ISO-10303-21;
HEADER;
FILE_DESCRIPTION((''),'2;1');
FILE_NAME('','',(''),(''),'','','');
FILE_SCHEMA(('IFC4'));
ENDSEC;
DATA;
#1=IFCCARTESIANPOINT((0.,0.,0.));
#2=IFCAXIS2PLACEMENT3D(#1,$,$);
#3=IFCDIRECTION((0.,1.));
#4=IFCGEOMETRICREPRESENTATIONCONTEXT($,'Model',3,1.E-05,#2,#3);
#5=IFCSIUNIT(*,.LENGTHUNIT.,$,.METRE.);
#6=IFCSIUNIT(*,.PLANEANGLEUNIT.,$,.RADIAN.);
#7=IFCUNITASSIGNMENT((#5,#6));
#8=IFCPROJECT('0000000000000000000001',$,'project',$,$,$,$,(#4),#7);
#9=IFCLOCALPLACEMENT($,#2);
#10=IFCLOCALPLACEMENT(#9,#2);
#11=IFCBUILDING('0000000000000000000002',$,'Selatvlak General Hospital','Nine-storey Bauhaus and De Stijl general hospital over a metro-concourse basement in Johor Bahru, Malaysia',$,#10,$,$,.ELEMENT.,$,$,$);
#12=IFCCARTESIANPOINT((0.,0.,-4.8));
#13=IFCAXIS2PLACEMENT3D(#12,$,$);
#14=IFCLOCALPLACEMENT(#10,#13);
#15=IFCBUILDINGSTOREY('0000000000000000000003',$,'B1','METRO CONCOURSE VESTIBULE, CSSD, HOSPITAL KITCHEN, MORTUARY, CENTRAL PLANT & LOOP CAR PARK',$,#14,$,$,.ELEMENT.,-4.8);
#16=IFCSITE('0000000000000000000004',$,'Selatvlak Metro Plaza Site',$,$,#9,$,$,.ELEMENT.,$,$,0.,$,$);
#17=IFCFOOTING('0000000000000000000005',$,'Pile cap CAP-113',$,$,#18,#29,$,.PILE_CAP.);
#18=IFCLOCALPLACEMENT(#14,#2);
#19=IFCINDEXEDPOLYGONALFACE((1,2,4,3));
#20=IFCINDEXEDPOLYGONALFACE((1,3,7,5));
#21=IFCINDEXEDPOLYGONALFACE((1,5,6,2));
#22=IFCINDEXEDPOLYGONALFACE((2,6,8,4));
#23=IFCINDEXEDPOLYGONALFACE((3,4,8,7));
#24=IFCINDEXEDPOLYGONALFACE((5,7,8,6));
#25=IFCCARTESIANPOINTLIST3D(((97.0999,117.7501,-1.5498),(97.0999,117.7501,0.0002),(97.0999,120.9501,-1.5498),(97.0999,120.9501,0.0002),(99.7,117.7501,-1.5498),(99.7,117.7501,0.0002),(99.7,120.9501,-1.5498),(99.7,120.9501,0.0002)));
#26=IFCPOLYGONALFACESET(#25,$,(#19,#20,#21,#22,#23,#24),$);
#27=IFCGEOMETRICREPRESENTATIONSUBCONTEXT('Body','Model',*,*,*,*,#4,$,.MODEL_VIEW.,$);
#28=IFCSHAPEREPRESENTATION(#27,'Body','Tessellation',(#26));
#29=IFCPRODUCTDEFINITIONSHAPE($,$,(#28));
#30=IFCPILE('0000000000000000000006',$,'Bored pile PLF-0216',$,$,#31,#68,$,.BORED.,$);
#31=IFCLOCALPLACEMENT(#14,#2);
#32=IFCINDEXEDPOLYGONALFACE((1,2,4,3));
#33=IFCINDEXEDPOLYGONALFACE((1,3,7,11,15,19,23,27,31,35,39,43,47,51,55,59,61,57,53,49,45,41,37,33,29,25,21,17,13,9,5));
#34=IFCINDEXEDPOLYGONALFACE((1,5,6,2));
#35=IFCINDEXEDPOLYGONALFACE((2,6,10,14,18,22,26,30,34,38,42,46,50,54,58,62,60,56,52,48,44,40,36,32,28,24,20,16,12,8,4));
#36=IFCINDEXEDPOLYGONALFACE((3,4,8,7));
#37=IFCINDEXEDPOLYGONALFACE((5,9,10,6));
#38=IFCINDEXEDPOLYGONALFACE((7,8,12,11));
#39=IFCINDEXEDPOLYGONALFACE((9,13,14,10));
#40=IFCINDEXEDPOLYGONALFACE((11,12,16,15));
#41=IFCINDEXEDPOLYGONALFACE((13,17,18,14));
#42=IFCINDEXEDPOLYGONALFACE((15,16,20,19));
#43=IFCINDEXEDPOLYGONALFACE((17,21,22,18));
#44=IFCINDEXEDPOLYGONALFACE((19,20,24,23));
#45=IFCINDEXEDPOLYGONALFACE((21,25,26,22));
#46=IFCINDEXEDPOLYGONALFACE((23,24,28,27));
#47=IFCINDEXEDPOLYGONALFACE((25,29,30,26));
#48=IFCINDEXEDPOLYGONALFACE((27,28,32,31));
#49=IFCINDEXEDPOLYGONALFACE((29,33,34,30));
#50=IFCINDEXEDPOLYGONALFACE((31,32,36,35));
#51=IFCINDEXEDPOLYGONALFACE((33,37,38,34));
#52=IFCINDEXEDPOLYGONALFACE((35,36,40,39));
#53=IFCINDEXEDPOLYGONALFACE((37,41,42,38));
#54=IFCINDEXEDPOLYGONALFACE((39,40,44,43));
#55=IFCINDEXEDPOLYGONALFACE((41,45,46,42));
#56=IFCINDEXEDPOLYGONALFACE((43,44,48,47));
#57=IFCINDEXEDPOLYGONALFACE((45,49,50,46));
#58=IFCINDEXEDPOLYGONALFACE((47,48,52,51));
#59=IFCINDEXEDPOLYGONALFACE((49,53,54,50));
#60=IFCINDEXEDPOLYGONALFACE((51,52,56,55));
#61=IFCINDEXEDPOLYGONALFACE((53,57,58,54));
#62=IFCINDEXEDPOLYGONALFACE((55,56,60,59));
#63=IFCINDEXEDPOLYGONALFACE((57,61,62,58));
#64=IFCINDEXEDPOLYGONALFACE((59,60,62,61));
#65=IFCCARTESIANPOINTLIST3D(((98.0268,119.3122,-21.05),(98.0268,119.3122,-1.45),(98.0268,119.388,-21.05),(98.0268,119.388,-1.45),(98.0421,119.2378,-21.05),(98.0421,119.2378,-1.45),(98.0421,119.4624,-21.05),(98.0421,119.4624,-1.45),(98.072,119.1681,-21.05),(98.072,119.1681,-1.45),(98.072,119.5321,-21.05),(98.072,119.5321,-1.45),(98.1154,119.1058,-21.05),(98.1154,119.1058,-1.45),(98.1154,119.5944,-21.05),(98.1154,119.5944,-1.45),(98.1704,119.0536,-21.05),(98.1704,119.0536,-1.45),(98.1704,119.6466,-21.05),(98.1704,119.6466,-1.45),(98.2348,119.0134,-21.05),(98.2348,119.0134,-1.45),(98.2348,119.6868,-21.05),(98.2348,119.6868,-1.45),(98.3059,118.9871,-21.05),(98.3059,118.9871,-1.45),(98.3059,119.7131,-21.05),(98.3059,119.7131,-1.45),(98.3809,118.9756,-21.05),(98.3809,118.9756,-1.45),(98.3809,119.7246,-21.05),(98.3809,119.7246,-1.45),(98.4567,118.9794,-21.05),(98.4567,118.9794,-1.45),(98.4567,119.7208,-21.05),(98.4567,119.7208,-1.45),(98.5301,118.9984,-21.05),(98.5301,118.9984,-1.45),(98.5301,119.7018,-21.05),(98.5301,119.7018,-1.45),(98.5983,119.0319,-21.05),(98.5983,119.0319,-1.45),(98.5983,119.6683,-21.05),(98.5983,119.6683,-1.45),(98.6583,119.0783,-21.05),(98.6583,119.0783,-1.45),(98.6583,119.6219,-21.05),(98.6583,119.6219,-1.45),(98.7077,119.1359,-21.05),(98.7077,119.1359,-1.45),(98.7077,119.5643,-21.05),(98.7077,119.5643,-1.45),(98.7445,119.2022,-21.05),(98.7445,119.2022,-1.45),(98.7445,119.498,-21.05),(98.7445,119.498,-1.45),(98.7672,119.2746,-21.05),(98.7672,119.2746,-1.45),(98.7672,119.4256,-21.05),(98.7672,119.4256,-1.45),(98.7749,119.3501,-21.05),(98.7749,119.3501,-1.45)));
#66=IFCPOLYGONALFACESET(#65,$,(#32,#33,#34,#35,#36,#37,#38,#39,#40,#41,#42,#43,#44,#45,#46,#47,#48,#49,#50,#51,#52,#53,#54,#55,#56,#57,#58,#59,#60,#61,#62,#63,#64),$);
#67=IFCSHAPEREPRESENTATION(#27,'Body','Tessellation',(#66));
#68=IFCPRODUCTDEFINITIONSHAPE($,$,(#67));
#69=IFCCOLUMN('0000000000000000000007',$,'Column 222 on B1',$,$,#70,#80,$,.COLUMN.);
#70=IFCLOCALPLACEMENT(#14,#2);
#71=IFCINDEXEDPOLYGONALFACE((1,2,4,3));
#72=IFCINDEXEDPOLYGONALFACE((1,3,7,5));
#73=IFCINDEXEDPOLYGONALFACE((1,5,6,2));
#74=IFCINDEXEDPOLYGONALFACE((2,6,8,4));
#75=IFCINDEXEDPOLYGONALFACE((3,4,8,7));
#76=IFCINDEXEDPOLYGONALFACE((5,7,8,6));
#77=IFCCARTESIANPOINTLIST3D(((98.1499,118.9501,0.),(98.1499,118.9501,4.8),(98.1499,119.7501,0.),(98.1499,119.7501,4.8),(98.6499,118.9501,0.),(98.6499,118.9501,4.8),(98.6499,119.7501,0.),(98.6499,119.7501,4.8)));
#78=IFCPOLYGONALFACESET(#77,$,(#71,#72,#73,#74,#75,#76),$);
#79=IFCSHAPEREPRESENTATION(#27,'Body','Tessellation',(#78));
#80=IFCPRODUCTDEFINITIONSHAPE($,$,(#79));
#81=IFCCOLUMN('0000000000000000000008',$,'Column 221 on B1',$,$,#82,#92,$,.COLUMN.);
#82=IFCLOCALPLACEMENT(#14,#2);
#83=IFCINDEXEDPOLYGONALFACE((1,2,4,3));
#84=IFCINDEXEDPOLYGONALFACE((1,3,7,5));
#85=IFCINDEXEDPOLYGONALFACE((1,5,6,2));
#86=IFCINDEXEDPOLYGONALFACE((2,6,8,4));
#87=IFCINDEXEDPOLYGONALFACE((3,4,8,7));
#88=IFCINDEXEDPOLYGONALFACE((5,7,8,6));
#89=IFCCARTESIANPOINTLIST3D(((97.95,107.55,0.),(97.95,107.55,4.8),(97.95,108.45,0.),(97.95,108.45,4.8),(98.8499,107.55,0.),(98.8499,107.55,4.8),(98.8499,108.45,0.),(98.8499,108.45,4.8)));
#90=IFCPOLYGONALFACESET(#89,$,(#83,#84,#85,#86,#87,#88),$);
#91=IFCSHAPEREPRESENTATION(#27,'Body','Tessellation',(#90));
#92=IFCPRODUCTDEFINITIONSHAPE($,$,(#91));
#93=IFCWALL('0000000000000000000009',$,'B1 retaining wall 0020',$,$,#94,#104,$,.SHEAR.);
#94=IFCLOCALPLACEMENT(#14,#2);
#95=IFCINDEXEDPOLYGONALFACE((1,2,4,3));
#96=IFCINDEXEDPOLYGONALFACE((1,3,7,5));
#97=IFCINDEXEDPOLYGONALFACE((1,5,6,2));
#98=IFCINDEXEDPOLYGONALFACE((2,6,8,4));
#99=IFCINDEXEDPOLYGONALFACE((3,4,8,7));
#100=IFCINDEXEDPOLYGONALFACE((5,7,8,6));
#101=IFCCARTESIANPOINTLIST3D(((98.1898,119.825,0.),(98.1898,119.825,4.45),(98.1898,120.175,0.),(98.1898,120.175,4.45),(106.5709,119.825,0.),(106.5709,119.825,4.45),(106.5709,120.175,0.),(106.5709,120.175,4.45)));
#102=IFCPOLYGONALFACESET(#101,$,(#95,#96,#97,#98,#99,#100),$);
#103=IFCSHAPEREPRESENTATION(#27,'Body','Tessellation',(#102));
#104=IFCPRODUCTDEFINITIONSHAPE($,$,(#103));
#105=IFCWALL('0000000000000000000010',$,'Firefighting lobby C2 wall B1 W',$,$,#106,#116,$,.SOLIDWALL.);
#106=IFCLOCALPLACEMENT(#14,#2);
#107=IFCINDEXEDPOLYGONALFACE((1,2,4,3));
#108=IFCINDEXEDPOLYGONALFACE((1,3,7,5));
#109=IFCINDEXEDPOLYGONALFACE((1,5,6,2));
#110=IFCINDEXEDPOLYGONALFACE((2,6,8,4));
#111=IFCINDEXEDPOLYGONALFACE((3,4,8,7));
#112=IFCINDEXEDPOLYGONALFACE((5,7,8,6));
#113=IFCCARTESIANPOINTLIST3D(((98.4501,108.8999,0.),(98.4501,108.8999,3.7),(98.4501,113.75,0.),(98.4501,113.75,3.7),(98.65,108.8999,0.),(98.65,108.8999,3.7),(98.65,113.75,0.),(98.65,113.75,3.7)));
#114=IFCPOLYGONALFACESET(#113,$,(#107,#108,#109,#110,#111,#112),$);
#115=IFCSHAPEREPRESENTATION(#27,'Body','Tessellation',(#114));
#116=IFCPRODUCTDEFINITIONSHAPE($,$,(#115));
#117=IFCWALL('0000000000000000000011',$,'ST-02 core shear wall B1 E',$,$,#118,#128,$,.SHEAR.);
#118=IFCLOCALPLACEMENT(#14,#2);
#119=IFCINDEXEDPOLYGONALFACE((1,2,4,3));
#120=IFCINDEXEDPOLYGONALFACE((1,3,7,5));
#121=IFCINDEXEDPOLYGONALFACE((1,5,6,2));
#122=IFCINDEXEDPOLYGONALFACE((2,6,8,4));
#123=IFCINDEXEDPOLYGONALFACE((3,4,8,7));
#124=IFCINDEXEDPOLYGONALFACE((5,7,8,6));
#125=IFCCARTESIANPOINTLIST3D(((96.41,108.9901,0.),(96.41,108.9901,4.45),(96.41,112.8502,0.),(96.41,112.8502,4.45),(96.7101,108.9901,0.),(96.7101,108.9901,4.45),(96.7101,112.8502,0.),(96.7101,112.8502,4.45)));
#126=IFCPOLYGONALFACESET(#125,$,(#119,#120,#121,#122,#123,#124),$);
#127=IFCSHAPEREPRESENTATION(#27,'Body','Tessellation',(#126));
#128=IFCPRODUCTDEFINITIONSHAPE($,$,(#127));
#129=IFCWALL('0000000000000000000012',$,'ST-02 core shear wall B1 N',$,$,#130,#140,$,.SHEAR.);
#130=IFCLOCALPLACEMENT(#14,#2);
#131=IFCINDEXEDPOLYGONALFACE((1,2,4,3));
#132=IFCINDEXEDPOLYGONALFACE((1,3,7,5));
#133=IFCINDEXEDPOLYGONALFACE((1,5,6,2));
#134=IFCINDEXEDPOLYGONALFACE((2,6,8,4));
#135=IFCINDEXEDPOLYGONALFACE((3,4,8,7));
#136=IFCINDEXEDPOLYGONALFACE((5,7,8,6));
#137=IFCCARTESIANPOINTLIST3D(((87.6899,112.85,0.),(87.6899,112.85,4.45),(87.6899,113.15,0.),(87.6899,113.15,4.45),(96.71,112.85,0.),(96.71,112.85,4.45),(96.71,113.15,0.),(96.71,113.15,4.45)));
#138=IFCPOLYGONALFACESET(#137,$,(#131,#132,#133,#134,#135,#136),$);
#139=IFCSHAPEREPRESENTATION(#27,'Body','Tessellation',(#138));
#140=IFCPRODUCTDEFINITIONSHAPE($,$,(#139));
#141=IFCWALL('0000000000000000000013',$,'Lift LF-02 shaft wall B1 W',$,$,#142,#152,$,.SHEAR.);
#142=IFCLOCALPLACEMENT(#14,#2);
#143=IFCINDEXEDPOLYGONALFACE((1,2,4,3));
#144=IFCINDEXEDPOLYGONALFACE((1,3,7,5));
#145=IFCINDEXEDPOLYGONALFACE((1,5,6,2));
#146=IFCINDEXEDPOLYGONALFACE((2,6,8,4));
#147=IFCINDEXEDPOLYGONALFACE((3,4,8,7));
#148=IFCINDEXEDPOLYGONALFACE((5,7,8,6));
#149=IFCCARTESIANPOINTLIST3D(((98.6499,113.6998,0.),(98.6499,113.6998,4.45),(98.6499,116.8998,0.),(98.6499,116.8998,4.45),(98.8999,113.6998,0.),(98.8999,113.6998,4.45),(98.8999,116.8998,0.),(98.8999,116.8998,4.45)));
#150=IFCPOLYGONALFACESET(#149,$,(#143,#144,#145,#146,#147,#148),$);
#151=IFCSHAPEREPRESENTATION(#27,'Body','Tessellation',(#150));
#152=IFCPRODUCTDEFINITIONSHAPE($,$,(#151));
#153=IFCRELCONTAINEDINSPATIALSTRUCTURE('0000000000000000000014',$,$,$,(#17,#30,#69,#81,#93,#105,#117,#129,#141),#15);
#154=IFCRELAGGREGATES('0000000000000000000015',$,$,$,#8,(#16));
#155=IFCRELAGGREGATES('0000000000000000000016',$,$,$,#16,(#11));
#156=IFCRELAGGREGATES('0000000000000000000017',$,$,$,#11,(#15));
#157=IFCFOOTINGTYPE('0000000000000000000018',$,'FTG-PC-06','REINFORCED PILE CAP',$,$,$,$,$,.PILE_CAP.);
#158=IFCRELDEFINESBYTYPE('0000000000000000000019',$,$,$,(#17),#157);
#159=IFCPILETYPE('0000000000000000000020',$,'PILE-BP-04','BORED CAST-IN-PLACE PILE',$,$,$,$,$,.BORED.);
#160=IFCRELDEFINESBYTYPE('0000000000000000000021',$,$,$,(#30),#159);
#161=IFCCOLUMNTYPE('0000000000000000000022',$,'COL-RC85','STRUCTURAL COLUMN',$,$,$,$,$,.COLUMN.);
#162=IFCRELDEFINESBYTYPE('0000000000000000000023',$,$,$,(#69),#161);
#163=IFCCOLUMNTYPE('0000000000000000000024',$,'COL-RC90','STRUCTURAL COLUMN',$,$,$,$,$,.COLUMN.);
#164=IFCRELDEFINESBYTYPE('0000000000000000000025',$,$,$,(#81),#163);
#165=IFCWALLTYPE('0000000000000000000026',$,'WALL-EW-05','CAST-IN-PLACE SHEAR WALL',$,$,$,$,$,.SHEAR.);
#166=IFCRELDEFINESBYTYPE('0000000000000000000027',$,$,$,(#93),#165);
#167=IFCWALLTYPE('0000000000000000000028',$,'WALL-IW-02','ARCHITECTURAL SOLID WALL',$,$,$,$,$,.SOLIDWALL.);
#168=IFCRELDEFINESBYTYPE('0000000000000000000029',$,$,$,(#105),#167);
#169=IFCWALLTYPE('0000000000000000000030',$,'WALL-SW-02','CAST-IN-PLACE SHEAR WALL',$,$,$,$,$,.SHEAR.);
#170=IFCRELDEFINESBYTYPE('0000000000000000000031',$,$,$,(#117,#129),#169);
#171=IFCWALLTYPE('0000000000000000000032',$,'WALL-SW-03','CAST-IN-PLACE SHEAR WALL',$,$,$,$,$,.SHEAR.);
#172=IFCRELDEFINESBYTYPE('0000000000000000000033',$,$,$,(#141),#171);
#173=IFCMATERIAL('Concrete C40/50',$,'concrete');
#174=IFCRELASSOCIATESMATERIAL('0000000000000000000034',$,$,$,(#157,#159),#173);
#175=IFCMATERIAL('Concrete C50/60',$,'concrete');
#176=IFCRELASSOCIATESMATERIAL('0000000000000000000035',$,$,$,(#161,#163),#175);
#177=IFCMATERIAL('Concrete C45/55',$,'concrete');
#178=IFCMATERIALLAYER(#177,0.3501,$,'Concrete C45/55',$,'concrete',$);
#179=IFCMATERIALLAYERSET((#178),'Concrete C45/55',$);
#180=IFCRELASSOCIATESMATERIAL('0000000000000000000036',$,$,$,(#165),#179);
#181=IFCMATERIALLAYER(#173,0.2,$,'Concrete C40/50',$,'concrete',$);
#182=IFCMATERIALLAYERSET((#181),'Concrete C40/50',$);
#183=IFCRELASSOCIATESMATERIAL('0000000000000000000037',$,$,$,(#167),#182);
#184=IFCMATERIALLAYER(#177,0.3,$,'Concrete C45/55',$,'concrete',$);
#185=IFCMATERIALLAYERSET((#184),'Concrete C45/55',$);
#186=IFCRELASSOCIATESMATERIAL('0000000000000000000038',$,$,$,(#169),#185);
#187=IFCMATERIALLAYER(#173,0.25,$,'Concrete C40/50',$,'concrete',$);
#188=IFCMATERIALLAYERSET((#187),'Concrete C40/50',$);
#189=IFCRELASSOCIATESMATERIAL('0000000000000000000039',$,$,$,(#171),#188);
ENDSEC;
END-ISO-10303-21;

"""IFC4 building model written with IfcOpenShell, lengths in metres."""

from ifc_helpers import new_model, si_unit, direction, frame, frame_2d, origin, origin_2d, place, context, subcontext, project, spatial, rectangle, circle, extrude, material, layer, layer_set, material_profile, profile_set, type_object, element, save


model = new_model("IFC4")

# Units and contexts
model_context = context("Model", 3, precision=1e-05, world=origin(), true_north=direction((0.0, 1.0)))
body_context = subcontext(model_context, "Body", "Model", "MODEL_VIEW")
ifc_project = project(units=[si_unit("LENGTHUNIT", "METRE"), si_unit("PLANEANGLEUNIT", "RADIAN")], contexts=[model_context])

# Site, building, storey
site_placement = place(None, origin())
site = spatial("IfcSite", under=ifc_project, at=site_placement, Name="Selatvlak Metro Plaza Site", CompositionType="ELEMENT", RefElevation=0.0)
building_placement = place(site_placement, origin())
building = spatial("IfcBuilding", under=site, at=building_placement, Name="Selatvlak General Hospital", Description="Nine-storey Bauhaus and De Stijl general hospital over a metro-concourse basement in Johor Bahru, Malaysia", CompositionType="ELEMENT")
storey_placement = place(building_placement, frame((0.0, 0.0, -4.8)))
storey = spatial("IfcBuildingStorey", under=building, at=storey_placement, Name="B1", Description="METRO CONCOURSE VESTIBULE, CSSD, HOSPITAL KITCHEN, MORTUARY, CENTRAL PLANT & LOOP CAR PARK", CompositionType="ELEMENT", Elevation=-4.8)

# Footing
ifc_material_1 = material(Name="Concrete C40/50", Category="concrete")
footing_type = type_object("IfcFootingType", Name="FTG-PC-06", Description="REINFORCED PILE CAP", PredefinedType="PILE_CAP", material=ifc_material_1)
footing_placement = place(storey_placement, frame((98.3999, 119.3501, -1.5498), z_axis=(0.0, 0.0, 1.0), x_axis=(1.0, 0.0, 0.0)))
element("IfcFooting", 1, at=footing_placement, inside=storey, type_object=footing_type, Name="Pile cap CAP-113", PredefinedType="PILE_CAP", context=body_context, shape_type="SweptSolid", body=[
    extrude(rectangle(XDim=2.6001, YDim=3.2, at=origin_2d()), origin(), (0.0, 0.0, 1.0), 1.55),
])

# Pile
ifc_material_profile_1 = material_profile(ifc_material_1, circle(Radius=0.375, at=origin_2d()), Name="BORED PILE 750")
ifc_profile_set_1 = profile_set([ifc_material_profile_1], Name="Concrete C40/50")
pile_type = type_object("IfcPileType", Name="PILE-BP-04", Description="BORED CAST-IN-PLACE PILE", PredefinedType="BORED", material=ifc_profile_set_1)
pile_placement = place(storey_placement, frame((98.3999, 119.3501, -1.45), z_axis=(0.0, 0.0, -1.0), x_axis=(1.0, 0.0, 0.0)))
element("IfcPile", 2, at=pile_placement, inside=storey, type_object=pile_type, Name="Bored pile PLF-0216", PredefinedType="BORED", context=body_context, shape_type="SweptSolid", body=[
    extrude(circle(Radius=0.375, at=origin_2d()), origin(), (0.0, 0.0, 1.0), 19.6001),
])

# Columns
ifc_material_2 = material(Name="Concrete C50/60", Category="concrete")
ifc_material_profile_2 = material_profile(ifc_material_2, rectangle(XDim=0.5, YDim=0.8, at=origin_2d()), Name="RC-COL 800x500")
ifc_profile_set_2 = profile_set([ifc_material_profile_2], Name="Concrete C50/60")
column_type_1 = type_object("IfcColumnType", Name="COL-RC85", Description="STRUCTURAL COLUMN", PredefinedType="COLUMN", material=ifc_profile_set_2)
column_1_placement = place(storey_placement, frame((98.3999, 119.3501, 0.0), z_axis=(0.0, 0.0, 1.0), x_axis=(1.0, 0.0, 0.0)))
element("IfcColumn", 3, at=column_1_placement, inside=storey, type_object=column_type_1, Name="Column 222 on B1", PredefinedType="COLUMN", context=body_context, shape_type="SweptSolid", body=[
    extrude(rectangle(XDim=0.5, YDim=0.8, at=origin_2d()), origin(), (0.0, 0.0, 1.0), 4.8),
])
ifc_material_profile_3 = material_profile(ifc_material_2, rectangle(XDim=0.8999, YDim=0.8999, at=origin_2d()), Name="RC-COL 900x900")
ifc_profile_set_3 = profile_set([ifc_material_profile_3], Name="Concrete C50/60")
column_type_2 = type_object("IfcColumnType", Name="COL-RC90", Description="STRUCTURAL COLUMN", PredefinedType="COLUMN", material=ifc_profile_set_3)
column_2_placement = place(storey_placement, frame((98.3999, 108.0, 0.0), z_axis=(0.0, 0.0, 1.0), x_axis=(1.0, 0.0, 0.0)))
element("IfcColumn", 4, at=column_2_placement, inside=storey, type_object=column_type_2, Name="Column 221 on B1", PredefinedType="COLUMN", context=body_context, shape_type="SweptSolid", body=[
    extrude(rectangle(XDim=0.8999, YDim=0.8999, at=origin_2d()), origin(), (0.0, 0.0, 1.0), 4.8),
])

# Wall
ifc_material_3 = material(Name="Concrete C45/55", Category="concrete")
ifc_layer_1 = layer(ifc_material_3, 0.3501, Name="Concrete C45/55", Category="concrete")
ifc_layer_set_1 = layer_set([ifc_layer_1], Name="Concrete C45/55")
wall_type_1 = type_object("IfcWallType", Name="WALL-EW-05", Description="CAST-IN-PLACE SHEAR WALL", PredefinedType="SHEAR", material=ifc_layer_set_1)
wall_1_placement = place(storey_placement, frame((98.1899, 120.0, 0.0), z_axis=(0.0, 0.0, 1.0), x_axis=(1.0, 0.0, 0.0)))
element("IfcWall", 5, at=wall_1_placement, inside=storey, type_object=wall_type_1, Name="B1 retaining wall 0020", PredefinedType="SHEAR", context=body_context, shape_type="SweptSolid", body=[
    extrude(rectangle(XDim=8.3811, YDim=0.3501, at=frame_2d((4.1904, 0.0))), origin(), (0.0, 0.0, 1.0), 4.45),
])

# Shared definitions
ifc_layer_2 = layer(ifc_material_1, 0.2, Name="Concrete C40/50", Category="concrete")
ifc_layer_set_2 = layer_set([ifc_layer_2], Name="Concrete C40/50")
wall_type_2 = type_object("IfcWallType", Name="WALL-IW-02", Description="ARCHITECTURAL SOLID WALL", PredefinedType="SOLIDWALL", material=ifc_layer_set_2)

# Walls
wall_2_placement = place(storey_placement, frame((98.55, 113.75, 0.0), z_axis=(0.0, 0.0, 1.0), x_axis=(0.0, -1.0, 0.0)))
element("IfcWall", 6, at=wall_2_placement, inside=storey, type_object=wall_type_2, Name="Firefighting lobby C2 wall B1 W", PredefinedType="SOLIDWALL", context=body_context, shape_type="SweptSolid", body=[
    extrude(rectangle(XDim=4.8501, YDim=0.2, at=frame_2d((2.425, 0.0))), origin(), (0.0, 0.0, 1.0), 3.7),
])
ifc_layer_3 = layer(ifc_material_3, 0.3, Name="Concrete C45/55", Category="concrete")
ifc_layer_set_3 = layer_set([ifc_layer_3], Name="Concrete C45/55")
wall_type_3 = type_object("IfcWallType", Name="WALL-SW-02", Description="CAST-IN-PLACE SHEAR WALL", PredefinedType="SHEAR", material=ifc_layer_set_3)
wall_3_placement = place(storey_placement, frame((96.5601, 108.99, 0.0), z_axis=(0.0, 0.0, 1.0), x_axis=(0.0, 1.0, 0.0)))
element("IfcWall", 7, at=wall_3_placement, inside=storey, type_object=wall_type_3, Name="ST-02 core shear wall B1 E", PredefinedType="SHEAR", context=body_context, shape_type="SweptSolid", body=[
    extrude(rectangle(XDim=3.8601, YDim=0.3, at=frame_2d((1.9302, 0.0))), origin(), (0.0, 0.0, 1.0), 4.45),
])
wall_4_placement = place(storey_placement, frame((96.71, 113.0, 0.0), z_axis=(0.0, 0.0, 1.0), x_axis=(-1.0, 0.0, 0.0)))
element("IfcWall", 8, at=wall_4_placement, inside=storey, type_object=wall_type_3, Name="ST-02 core shear wall B1 N", PredefinedType="SHEAR", context=body_context, shape_type="SweptSolid", body=[
    extrude(rectangle(XDim=9.02, YDim=0.3, at=frame_2d((4.51, 0.0))), origin(), (0.0, 0.0, 1.0), 4.45),
])

# Shared definitions
ifc_layer_4 = layer(ifc_material_1, 0.25, Name="Concrete C40/50", Category="concrete")
ifc_layer_set_4 = layer_set([ifc_layer_4], Name="Concrete C40/50")
wall_type_4 = type_object("IfcWallType", Name="WALL-SW-03", Description="CAST-IN-PLACE SHEAR WALL", PredefinedType="SHEAR", material=ifc_layer_set_4)

# Wall
wall_5_placement = place(storey_placement, frame((98.7749, 116.8999, 0.0), z_axis=(0.0, 0.0, 1.0), x_axis=(0.0, -1.0, 0.0)))
element("IfcWall", 9, at=wall_5_placement, inside=storey, type_object=wall_type_4, Name="Lift LF-02 shaft wall B1 W", PredefinedType="SHEAR", context=body_context, shape_type="SweptSolid", body=[
    extrude(rectangle(XDim=3.2, YDim=0.25, at=frame_2d((1.6001, 0.0))), origin(), (0.0, 0.0, 1.0), 4.45),
])

save(model, "model.ifc")
